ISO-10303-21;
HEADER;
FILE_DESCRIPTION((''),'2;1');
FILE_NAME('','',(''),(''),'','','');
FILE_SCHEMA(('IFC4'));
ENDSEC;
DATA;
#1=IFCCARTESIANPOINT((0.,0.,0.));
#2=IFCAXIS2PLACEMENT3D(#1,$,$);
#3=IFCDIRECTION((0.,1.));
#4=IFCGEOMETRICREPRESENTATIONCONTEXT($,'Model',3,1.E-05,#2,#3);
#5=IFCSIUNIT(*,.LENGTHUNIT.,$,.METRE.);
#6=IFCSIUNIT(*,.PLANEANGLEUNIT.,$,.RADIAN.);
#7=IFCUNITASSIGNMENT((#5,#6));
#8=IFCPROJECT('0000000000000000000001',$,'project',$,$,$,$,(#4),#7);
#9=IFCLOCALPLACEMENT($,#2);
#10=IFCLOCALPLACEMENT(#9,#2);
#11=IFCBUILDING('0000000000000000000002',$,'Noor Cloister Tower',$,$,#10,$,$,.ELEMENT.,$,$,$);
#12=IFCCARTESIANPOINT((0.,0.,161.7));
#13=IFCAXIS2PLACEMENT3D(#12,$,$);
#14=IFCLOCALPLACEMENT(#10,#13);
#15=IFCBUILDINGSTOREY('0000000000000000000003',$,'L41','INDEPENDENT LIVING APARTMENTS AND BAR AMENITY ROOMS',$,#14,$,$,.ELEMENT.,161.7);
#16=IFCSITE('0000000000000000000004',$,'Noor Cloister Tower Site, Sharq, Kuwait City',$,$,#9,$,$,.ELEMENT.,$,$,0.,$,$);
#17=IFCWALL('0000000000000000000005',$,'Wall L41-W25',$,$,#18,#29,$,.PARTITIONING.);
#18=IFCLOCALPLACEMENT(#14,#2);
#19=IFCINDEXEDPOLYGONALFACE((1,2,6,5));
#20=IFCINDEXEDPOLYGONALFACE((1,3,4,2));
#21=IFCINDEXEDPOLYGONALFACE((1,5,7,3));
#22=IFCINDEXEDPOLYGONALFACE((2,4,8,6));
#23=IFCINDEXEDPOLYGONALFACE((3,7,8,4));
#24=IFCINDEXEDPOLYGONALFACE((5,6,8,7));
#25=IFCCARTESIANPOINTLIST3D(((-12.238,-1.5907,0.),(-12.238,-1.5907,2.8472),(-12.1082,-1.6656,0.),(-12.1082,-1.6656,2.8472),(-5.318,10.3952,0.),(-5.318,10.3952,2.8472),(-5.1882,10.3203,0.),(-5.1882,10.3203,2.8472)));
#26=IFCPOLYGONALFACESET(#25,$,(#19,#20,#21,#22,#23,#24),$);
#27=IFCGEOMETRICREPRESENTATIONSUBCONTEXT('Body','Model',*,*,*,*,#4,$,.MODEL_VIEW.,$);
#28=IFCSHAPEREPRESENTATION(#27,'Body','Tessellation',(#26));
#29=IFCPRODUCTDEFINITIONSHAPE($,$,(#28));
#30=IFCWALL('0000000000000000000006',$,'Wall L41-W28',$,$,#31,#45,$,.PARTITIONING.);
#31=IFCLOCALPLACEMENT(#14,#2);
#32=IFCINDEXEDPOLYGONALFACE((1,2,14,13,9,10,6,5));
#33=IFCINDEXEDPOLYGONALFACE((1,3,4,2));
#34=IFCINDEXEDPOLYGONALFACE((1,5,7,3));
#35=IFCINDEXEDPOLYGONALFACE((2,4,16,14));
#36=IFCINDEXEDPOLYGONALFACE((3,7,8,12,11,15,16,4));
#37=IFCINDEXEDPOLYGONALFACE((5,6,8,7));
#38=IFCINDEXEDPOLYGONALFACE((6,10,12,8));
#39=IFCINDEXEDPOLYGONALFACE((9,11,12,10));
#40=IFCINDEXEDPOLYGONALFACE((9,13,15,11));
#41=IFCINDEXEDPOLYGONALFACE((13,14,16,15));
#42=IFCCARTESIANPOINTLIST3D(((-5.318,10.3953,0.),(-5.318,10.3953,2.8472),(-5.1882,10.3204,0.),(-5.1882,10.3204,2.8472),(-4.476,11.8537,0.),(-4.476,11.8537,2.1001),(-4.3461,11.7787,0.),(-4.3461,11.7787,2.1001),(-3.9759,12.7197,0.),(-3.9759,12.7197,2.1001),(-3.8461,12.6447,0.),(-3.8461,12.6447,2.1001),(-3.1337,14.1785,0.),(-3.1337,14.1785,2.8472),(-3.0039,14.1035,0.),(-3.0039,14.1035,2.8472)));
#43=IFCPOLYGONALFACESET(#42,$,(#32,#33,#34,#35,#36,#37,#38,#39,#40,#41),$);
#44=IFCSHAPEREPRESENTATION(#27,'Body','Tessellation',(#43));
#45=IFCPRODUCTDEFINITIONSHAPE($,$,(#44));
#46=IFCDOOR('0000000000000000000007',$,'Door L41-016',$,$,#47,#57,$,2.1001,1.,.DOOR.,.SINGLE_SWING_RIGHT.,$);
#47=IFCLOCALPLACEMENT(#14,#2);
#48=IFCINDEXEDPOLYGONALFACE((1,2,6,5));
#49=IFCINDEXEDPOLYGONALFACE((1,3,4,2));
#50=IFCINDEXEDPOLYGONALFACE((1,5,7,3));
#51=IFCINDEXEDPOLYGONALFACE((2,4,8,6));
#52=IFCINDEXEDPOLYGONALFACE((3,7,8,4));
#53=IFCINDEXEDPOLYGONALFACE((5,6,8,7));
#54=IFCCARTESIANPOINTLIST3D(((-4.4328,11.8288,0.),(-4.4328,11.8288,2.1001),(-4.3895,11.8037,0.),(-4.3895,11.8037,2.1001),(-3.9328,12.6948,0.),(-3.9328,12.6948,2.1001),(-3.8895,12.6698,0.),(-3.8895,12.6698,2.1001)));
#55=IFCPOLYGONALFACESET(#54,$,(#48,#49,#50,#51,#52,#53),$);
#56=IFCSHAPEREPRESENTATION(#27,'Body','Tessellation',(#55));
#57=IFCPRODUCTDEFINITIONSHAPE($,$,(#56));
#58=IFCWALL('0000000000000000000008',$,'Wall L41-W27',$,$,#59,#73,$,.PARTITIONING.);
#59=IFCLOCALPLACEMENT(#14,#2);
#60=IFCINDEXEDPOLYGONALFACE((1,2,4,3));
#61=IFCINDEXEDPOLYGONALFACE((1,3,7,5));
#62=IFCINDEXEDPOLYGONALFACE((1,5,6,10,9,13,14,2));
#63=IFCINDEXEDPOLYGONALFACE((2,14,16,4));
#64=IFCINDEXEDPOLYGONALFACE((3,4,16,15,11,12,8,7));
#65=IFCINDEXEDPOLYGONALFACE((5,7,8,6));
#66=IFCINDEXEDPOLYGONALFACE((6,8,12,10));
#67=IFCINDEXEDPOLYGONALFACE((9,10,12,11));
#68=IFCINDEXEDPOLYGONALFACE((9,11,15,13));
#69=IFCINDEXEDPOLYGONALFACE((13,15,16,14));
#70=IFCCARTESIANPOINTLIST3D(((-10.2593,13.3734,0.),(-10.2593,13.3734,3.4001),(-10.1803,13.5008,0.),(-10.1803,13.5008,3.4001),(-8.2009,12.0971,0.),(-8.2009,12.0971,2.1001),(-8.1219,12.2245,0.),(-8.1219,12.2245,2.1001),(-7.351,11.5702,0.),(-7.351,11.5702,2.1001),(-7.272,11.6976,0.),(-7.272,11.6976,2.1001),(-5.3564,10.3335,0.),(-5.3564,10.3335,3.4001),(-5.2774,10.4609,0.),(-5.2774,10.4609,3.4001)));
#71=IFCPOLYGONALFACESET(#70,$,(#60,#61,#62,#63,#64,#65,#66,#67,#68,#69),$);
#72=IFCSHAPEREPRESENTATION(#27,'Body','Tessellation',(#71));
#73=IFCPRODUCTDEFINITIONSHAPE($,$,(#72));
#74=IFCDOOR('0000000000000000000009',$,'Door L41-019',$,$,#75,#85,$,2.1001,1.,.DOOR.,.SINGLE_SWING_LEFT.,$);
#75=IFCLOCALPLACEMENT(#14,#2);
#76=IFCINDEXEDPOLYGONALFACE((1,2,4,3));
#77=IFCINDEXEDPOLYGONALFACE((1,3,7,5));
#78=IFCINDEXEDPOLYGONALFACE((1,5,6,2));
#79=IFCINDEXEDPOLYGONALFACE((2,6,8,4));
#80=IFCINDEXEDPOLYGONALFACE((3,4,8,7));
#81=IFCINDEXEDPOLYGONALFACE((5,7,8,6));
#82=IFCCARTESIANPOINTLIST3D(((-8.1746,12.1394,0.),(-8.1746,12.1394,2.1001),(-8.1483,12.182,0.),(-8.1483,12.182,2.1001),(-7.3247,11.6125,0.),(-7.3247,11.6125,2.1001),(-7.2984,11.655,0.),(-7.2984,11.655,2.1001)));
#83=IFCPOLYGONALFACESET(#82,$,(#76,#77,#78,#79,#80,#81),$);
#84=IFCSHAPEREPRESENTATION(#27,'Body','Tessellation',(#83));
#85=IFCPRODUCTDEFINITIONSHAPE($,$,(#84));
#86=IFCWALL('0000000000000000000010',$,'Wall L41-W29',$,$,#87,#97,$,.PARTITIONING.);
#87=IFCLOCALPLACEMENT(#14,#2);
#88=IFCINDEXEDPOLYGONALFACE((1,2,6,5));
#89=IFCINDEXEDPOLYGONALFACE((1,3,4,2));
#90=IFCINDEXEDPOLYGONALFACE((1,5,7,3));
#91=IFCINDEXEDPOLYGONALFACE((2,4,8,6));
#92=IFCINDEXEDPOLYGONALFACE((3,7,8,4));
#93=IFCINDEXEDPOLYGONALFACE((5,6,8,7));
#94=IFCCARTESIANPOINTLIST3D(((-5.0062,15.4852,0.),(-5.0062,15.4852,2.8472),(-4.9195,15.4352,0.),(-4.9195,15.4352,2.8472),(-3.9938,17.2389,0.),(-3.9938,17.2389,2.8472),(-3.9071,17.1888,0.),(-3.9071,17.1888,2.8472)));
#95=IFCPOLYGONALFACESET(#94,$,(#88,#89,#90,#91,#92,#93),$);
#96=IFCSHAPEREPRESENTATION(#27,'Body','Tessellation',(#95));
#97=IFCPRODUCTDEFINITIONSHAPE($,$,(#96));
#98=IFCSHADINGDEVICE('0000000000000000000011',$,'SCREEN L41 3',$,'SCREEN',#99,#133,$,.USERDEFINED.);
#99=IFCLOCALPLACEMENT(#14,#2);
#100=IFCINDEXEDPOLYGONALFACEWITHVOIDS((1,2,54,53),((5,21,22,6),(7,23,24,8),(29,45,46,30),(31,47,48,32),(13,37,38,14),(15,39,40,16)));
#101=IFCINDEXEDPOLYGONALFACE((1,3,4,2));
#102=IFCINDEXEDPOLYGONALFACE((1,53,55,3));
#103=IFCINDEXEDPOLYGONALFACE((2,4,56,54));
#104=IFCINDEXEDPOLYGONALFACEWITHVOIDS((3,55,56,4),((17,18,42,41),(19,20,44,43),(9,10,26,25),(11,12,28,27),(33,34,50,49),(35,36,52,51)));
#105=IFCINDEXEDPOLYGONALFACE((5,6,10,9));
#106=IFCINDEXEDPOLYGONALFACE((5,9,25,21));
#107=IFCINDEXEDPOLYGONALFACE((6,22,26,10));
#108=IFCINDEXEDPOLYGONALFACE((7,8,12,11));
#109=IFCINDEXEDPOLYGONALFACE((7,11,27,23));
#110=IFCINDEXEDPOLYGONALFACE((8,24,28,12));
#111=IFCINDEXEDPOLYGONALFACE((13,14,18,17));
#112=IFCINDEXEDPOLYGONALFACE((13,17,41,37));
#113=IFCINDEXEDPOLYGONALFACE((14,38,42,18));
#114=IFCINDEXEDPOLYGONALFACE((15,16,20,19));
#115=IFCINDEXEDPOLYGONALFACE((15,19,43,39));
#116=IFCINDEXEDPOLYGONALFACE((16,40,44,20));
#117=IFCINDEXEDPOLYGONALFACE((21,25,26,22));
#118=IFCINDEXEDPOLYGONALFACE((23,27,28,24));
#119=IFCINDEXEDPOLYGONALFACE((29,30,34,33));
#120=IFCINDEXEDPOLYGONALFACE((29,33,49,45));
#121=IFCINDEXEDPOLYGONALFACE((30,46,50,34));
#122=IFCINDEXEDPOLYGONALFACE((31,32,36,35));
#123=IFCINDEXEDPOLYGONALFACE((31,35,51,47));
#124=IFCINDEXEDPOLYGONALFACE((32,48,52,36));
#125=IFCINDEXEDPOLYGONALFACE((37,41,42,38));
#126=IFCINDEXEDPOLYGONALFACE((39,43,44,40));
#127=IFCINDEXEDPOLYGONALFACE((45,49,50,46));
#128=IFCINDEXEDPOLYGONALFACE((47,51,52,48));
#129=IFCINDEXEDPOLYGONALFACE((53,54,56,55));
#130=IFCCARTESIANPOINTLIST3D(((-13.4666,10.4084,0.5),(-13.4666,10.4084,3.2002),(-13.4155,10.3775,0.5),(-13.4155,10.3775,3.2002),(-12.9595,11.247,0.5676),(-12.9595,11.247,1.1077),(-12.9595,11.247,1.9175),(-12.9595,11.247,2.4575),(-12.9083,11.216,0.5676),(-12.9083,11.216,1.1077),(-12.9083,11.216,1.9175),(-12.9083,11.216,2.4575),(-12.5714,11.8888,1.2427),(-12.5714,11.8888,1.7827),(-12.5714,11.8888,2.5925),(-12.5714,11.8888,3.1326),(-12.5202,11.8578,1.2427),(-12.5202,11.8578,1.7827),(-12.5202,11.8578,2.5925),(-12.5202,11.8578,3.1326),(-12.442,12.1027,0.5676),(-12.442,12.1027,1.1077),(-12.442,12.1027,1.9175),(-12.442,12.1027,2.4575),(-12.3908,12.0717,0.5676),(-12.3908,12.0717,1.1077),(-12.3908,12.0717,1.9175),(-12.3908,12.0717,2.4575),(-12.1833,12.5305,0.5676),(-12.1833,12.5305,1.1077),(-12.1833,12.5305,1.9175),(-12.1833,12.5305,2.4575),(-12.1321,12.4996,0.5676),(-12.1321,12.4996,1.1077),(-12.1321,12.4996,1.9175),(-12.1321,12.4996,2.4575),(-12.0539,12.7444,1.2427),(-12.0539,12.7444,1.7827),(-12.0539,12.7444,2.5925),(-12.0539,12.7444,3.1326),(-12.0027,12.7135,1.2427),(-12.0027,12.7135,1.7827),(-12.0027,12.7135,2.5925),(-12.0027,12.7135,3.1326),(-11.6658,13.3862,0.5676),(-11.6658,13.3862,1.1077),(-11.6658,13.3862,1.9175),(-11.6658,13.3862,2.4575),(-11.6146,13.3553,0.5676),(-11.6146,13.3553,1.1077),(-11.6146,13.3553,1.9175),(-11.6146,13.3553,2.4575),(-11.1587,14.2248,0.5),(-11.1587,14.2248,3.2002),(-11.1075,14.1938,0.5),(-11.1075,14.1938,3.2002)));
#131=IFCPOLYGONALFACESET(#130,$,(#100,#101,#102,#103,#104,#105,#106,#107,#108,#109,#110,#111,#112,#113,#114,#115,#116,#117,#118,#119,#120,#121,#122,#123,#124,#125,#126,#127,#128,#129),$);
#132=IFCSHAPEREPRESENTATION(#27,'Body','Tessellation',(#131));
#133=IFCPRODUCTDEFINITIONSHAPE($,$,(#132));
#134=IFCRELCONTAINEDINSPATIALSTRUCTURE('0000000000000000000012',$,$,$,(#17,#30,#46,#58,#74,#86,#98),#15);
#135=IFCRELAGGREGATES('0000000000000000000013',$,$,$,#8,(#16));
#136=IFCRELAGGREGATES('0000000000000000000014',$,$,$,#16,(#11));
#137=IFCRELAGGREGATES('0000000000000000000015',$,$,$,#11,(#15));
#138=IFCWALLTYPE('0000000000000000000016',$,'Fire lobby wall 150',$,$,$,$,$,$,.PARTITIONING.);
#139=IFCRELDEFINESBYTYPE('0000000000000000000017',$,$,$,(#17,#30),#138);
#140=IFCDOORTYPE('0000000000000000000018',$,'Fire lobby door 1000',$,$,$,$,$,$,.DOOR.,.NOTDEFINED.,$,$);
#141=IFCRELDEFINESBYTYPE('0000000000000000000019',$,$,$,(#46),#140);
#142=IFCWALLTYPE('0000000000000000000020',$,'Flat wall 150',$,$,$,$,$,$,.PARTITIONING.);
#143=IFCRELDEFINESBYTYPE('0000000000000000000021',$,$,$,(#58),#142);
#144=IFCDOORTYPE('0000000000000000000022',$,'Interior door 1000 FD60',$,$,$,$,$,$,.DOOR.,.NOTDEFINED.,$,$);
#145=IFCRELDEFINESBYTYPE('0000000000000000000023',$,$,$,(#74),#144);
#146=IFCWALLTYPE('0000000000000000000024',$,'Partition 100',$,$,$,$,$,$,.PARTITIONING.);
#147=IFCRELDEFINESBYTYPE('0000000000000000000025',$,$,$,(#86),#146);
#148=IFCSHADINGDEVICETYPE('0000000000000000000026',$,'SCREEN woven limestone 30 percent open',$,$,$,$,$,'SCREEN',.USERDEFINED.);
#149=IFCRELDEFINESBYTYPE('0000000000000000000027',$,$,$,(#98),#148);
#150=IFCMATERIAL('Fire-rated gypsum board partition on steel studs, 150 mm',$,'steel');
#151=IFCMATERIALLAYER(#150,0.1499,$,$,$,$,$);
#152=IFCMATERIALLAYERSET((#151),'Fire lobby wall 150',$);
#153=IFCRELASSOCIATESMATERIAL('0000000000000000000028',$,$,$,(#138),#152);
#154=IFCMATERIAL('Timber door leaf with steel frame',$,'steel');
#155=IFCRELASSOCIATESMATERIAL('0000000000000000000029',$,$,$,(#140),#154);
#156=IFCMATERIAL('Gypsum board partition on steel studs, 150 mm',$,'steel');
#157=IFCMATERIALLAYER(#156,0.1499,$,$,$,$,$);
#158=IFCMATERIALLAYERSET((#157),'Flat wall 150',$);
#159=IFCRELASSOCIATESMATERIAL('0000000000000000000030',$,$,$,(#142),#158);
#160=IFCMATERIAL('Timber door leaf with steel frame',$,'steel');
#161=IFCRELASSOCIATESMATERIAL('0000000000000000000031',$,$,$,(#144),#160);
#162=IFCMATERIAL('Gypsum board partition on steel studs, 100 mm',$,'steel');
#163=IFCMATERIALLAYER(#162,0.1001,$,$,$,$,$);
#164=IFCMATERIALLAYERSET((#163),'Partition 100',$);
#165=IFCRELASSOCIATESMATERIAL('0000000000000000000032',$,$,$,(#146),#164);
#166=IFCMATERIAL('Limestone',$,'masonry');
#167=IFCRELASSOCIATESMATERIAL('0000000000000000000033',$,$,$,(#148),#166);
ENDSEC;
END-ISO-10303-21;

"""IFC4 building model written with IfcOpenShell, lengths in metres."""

from ifc_helpers import new_model, si_unit, direction, frame, frame_2d, origin, place, context, subcontext, project, spatial, polyline, rectangle, outline, extrude, material, layer, layer_set, material_profile, profile_set, type_object, element, fill, save


model = new_model("IFC4")

# Units and contexts
model_context = context("Model", 3, precision=1e-05, world=origin(), true_north=direction((0.0, 1.0)))
body_context = subcontext(model_context, "Body", "Model", "MODEL_VIEW")
ifc_project = project(units=[si_unit("LENGTHUNIT", "METRE"), si_unit("PLANEANGLEUNIT", "RADIAN")], contexts=[model_context])

# Site, building, storey
site_placement = place(None, origin())
site = spatial("IfcSite", under=ifc_project, at=site_placement, Name="Noor Cloister Tower Site, Sharq, Kuwait City", CompositionType="ELEMENT", RefElevation=0.0)
building_placement = place(site_placement, origin())
building = spatial("IfcBuilding", under=site, at=building_placement, Name="Noor Cloister Tower", CompositionType="ELEMENT")
storey_placement = place(building_placement, frame((0.0, 0.0, 161.7)))
storey = spatial("IfcBuildingStorey", under=building, at=storey_placement, Name="L41", Description="INDEPENDENT LIVING APARTMENTS AND BAR AMENITY ROOMS", CompositionType="ELEMENT", Elevation=161.7)

# Wall
ifc_material_1 = material(Name="Fire-rated gypsum board partition on steel studs, 150 mm", Category="steel")
ifc_layer_1 = layer(ifc_material_1, 0.1499)
ifc_layer_set_1 = layer_set([ifc_layer_1], Name="Fire lobby wall 150")
wall_type_1 = type_object("IfcWallType", Name="Fire lobby wall 150", PredefinedType="PARTITIONING", material=ifc_layer_set_1)
wall_1_placement = place(storey_placement, frame((-5.2532, 10.3577, 0.0), z_axis=(0.0, 0.0, 1.0), x_axis=(-0.499994, -0.866029, 0.0)))
element("IfcWall", 1, at=wall_1_placement, inside=storey, type_object=wall_type_1, Name="Wall L41-W25", PredefinedType="PARTITIONING", context=body_context, shape_type="SweptSolid", body=[
    extrude(rectangle(XDim=13.8401, YDim=0.1499, at=frame_2d((6.9199, 0.0))), origin(), (0.0, 0.0, 1.0), 2.8472),
])

# Walls, openings, doors
wall_2_placement = place(storey_placement, frame((-3.0688, 14.1409, 0.0), z_axis=(0.0, 0.0, 1.0), x_axis=(-0.500016, -0.866016, 0.0)))
wall_2 = element("IfcWall", 2, at=wall_2_placement, inside=storey, type_object=wall_type_1, Name="Wall L41-W28", PredefinedType="PARTITIONING", context=body_context, shape_type="SweptSolid", body=[
    extrude(rectangle(XDim=4.3684, YDim=0.1499, at=frame_2d((2.1841, 0.0))), origin(), (0.0, 0.0, 1.0), 2.8472),
])
opening_1_placement = place(wall_2_placement, frame((1.6843, 0.0, 0.0)))
opening_1 = element("IfcOpeningElement", 3, at=opening_1_placement, cuts=wall_2, PredefinedType="OPENING", context=body_context, shape_type="SweptSolid", body=[
    extrude(rectangle(XDim=1.0, YDim=2.1001, at=frame_2d((0.5, 1.05))), frame((0.0, 0.085, 0.0), z_axis=(0.0, -1.0, 0.0), x_axis=(1.0, 0.0, 0.0)), (0.0, 0.0, 1.0), 0.1699),
])
ifc_material_2 = material(Name="Timber door leaf with steel frame", Category="steel")
door_type_1 = type_object("IfcDoorType", Name="Fire lobby door 1000", OperationType="NOTDEFINED", PredefinedType="DOOR", material=ifc_material_2)
door_1_placement = place(opening_1_placement, origin())
door_1 = element("IfcDoor", 4, at=door_1_placement, inside=storey, type_object=door_type_1, Name="Door L41-016", OperationType="SINGLE_SWING_RIGHT", OverallHeight=2.1001, OverallWidth=1.0, PredefinedType="DOOR", context=body_context, shape_type="SweptSolid", body=[
    extrude(rectangle(XDim=1.0, YDim=2.1001, at=frame_2d((0.5, 1.05))), frame((0.0, 0.0249, 0.0), z_axis=(0.0, -1.0, 0.0), x_axis=(1.0, 0.0, 0.0)), (0.0, 0.0, 1.0), 0.05),
])
fill(opening_1, door_1)
ifc_material_3 = material(Name="Gypsum board partition on steel studs, 150 mm", Category="steel")
ifc_layer_2 = layer(ifc_material_3, 0.1499)
ifc_layer_set_2 = layer_set([ifc_layer_2], Name="Flat wall 150")
wall_type_2 = type_object("IfcWallType", Name="Flat wall 150", PredefinedType="PARTITIONING", material=ifc_layer_set_2)
wall_3_placement = place(storey_placement, frame((-10.2197, 13.437, 0.0), z_axis=(0.0, 0.0, 1.0), x_axis=(0.8499, -0.526945, 0.0)))
wall_3 = element("IfcWall", 5, at=wall_3_placement, inside=storey, type_object=wall_type_2, Name="Wall L41-W27", PredefinedType="PARTITIONING", context=body_context, shape_type="SweptSolid", body=[
    extrude(rectangle(XDim=5.7688, YDim=0.1499, at=frame_2d((2.8843, 0.0))), origin(), (0.0, 0.0, 1.0), 3.4001),
])
opening_2_placement = place(wall_3_placement, frame((2.4219, 0.0, 0.0)))
opening_2 = element("IfcOpeningElement", 6, at=opening_2_placement, cuts=wall_3, PredefinedType="OPENING", context=body_context, shape_type="SweptSolid", body=[
    extrude(rectangle(XDim=1.0, YDim=2.1001, at=frame_2d((0.5, 1.05))), frame((0.0, 0.085, 0.0), z_axis=(0.0, -1.0, 0.0), x_axis=(1.0, 0.0, 0.0)), (0.0, 0.0, 1.0), 0.1699),
])
ifc_material_4 = material(Name="Timber door leaf with steel frame", Category="steel")
door_type_2 = type_object("IfcDoorType", Name="Interior door 1000 FD60", OperationType="NOTDEFINED", PredefinedType="DOOR", material=ifc_material_4)
door_2_placement = place(opening_2_placement, origin())
door_2 = element("IfcDoor", 7, at=door_2_placement, inside=storey, type_object=door_type_2, Name="Door L41-019", OperationType="SINGLE_SWING_LEFT", OverallHeight=2.1001, OverallWidth=1.0, PredefinedType="DOOR", context=body_context, shape_type="SweptSolid", body=[
    extrude(rectangle(XDim=1.0, YDim=2.1001, at=frame_2d((0.5, 1.05))), frame((0.0, 0.0249, 0.0), z_axis=(0.0, -1.0, 0.0), x_axis=(1.0, 0.0, 0.0)), (0.0, 0.0, 1.0), 0.05),
])
fill(opening_2, door_2)

# Wall
ifc_material_5 = material(Name="Gypsum board partition on steel studs, 100 mm", Category="steel")
ifc_layer_3 = layer(ifc_material_5, 0.1001)
ifc_layer_set_3 = layer_set([ifc_layer_3], Name="Partition 100")
wall_type_3 = type_object("IfcWallType", Name="Partition 100", PredefinedType="PARTITIONING", material=ifc_layer_set_3)
wall_4_placement = place(storey_placement, frame((-4.9629, 15.4602, 0.0), z_axis=(0.0, 0.0, 1.0), x_axis=(0.49999, 0.866031, 0.0)))
element("IfcWall", 8, at=wall_4_placement, inside=storey, type_object=wall_type_3, Name="Wall L41-W29", PredefinedType="PARTITIONING", context=body_context, shape_type="SweptSolid", body=[
    extrude(rectangle(XDim=2.0249, YDim=0.1001, at=frame_2d((1.0125, 0.0))), origin(), (0.0, 0.0, 1.0), 2.8472),
])

# Shading device
ifc_material_6 = material(Name="Limestone", Category="masonry")
ifc_material_profile_1 = material_profile(ifc_material_6, outline(polyline([(-2.23, -1.3501), (2.23, -1.3501), (2.23, 1.3501), (-2.23, 1.3501), (-2.23, -1.3501)]), holes=[polyline([(-1.25, -1.2825), (-0.25, -1.2825), (-0.25, -0.7424), (-1.25, -0.7424), (-1.25, -1.2825)]), polyline([(0.25, -1.2825), (1.25, -1.2825), (1.25, -0.7424), (0.25, -0.7424), (0.25, -1.2825)]), polyline([(-0.5, -0.6074), (0.5, -0.6074), (0.5, -0.0674), (-0.5, -0.0674), (-0.5, -0.6074)]), polyline([(-1.25, 0.0674), (-0.25, 0.0674), (-0.25, 0.6074), (-1.25, 0.6074), (-1.25, 0.0674)]), polyline([(0.25, 0.0674), (1.25, 0.0674), (1.25, 0.6074), (0.25, 0.6074), (0.25, 0.0674)]), polyline([(-0.5, 0.7424), (0.5, 0.7424), (0.5, 1.2825), (-0.5, 1.2825), (-0.5, 0.7424)])]), Name="Woven screen 30 percent open")
ifc_profile_set_1 = profile_set([ifc_material_profile_1], Name="Limestone")
shading_device_type = type_object("IfcShadingDeviceType", Name="SCREEN woven limestone 30 percent open", ElementType="SCREEN", PredefinedType="USERDEFINED", material=ifc_profile_set_1)
shading_device_placement = place(storey_placement, frame((-12.2615, 12.2856, 1.8501), z_axis=(-0.85569, 0.517489, 0.0), x_axis=(-0.517489, -0.85569, 0.0)))
element("IfcShadingDevice", 9, at=shading_device_placement, inside=storey, type_object=shading_device_type, Name="SCREEN L41 3", ObjectType="SCREEN", PredefinedType="USERDEFINED", context=body_context, shape_type="SweptSolid", body=[
    extrude(outline(polyline([(-2.23, -1.3501), (2.23, -1.3501), (2.23, 1.3501), (-2.23, 1.3501), (-2.23, -1.3501)]), holes=[polyline([(-1.25, -1.2825), (-0.25, -1.2825), (-0.25, -0.7424), (-1.25, -0.7424), (-1.25, -1.2825)]), polyline([(0.25, -1.2825), (1.25, -1.2825), (1.25, -0.7424), (0.25, -0.7424), (0.25, -1.2825)]), polyline([(-0.5, -0.6074), (0.5, -0.6074), (0.5, -0.0674), (-0.5, -0.0674), (-0.5, -0.6074)]), polyline([(-1.25, 0.0674), (-0.25, 0.0674), (-0.25, 0.6074), (-1.25, 0.6074), (-1.25, 0.0674)]), polyline([(0.25, 0.0674), (1.25, 0.0674), (1.25, 0.6074), (0.25, 0.6074), (0.25, 0.0674)]), polyline([(-0.5, 0.7424), (0.5, 0.7424), (0.5, 1.2825), (-0.5, 1.2825), (-0.5, 0.7424)])]), origin(), (0.0, 0.0, 1.0), 0.0598),
])

save(model, "model.ifc")
